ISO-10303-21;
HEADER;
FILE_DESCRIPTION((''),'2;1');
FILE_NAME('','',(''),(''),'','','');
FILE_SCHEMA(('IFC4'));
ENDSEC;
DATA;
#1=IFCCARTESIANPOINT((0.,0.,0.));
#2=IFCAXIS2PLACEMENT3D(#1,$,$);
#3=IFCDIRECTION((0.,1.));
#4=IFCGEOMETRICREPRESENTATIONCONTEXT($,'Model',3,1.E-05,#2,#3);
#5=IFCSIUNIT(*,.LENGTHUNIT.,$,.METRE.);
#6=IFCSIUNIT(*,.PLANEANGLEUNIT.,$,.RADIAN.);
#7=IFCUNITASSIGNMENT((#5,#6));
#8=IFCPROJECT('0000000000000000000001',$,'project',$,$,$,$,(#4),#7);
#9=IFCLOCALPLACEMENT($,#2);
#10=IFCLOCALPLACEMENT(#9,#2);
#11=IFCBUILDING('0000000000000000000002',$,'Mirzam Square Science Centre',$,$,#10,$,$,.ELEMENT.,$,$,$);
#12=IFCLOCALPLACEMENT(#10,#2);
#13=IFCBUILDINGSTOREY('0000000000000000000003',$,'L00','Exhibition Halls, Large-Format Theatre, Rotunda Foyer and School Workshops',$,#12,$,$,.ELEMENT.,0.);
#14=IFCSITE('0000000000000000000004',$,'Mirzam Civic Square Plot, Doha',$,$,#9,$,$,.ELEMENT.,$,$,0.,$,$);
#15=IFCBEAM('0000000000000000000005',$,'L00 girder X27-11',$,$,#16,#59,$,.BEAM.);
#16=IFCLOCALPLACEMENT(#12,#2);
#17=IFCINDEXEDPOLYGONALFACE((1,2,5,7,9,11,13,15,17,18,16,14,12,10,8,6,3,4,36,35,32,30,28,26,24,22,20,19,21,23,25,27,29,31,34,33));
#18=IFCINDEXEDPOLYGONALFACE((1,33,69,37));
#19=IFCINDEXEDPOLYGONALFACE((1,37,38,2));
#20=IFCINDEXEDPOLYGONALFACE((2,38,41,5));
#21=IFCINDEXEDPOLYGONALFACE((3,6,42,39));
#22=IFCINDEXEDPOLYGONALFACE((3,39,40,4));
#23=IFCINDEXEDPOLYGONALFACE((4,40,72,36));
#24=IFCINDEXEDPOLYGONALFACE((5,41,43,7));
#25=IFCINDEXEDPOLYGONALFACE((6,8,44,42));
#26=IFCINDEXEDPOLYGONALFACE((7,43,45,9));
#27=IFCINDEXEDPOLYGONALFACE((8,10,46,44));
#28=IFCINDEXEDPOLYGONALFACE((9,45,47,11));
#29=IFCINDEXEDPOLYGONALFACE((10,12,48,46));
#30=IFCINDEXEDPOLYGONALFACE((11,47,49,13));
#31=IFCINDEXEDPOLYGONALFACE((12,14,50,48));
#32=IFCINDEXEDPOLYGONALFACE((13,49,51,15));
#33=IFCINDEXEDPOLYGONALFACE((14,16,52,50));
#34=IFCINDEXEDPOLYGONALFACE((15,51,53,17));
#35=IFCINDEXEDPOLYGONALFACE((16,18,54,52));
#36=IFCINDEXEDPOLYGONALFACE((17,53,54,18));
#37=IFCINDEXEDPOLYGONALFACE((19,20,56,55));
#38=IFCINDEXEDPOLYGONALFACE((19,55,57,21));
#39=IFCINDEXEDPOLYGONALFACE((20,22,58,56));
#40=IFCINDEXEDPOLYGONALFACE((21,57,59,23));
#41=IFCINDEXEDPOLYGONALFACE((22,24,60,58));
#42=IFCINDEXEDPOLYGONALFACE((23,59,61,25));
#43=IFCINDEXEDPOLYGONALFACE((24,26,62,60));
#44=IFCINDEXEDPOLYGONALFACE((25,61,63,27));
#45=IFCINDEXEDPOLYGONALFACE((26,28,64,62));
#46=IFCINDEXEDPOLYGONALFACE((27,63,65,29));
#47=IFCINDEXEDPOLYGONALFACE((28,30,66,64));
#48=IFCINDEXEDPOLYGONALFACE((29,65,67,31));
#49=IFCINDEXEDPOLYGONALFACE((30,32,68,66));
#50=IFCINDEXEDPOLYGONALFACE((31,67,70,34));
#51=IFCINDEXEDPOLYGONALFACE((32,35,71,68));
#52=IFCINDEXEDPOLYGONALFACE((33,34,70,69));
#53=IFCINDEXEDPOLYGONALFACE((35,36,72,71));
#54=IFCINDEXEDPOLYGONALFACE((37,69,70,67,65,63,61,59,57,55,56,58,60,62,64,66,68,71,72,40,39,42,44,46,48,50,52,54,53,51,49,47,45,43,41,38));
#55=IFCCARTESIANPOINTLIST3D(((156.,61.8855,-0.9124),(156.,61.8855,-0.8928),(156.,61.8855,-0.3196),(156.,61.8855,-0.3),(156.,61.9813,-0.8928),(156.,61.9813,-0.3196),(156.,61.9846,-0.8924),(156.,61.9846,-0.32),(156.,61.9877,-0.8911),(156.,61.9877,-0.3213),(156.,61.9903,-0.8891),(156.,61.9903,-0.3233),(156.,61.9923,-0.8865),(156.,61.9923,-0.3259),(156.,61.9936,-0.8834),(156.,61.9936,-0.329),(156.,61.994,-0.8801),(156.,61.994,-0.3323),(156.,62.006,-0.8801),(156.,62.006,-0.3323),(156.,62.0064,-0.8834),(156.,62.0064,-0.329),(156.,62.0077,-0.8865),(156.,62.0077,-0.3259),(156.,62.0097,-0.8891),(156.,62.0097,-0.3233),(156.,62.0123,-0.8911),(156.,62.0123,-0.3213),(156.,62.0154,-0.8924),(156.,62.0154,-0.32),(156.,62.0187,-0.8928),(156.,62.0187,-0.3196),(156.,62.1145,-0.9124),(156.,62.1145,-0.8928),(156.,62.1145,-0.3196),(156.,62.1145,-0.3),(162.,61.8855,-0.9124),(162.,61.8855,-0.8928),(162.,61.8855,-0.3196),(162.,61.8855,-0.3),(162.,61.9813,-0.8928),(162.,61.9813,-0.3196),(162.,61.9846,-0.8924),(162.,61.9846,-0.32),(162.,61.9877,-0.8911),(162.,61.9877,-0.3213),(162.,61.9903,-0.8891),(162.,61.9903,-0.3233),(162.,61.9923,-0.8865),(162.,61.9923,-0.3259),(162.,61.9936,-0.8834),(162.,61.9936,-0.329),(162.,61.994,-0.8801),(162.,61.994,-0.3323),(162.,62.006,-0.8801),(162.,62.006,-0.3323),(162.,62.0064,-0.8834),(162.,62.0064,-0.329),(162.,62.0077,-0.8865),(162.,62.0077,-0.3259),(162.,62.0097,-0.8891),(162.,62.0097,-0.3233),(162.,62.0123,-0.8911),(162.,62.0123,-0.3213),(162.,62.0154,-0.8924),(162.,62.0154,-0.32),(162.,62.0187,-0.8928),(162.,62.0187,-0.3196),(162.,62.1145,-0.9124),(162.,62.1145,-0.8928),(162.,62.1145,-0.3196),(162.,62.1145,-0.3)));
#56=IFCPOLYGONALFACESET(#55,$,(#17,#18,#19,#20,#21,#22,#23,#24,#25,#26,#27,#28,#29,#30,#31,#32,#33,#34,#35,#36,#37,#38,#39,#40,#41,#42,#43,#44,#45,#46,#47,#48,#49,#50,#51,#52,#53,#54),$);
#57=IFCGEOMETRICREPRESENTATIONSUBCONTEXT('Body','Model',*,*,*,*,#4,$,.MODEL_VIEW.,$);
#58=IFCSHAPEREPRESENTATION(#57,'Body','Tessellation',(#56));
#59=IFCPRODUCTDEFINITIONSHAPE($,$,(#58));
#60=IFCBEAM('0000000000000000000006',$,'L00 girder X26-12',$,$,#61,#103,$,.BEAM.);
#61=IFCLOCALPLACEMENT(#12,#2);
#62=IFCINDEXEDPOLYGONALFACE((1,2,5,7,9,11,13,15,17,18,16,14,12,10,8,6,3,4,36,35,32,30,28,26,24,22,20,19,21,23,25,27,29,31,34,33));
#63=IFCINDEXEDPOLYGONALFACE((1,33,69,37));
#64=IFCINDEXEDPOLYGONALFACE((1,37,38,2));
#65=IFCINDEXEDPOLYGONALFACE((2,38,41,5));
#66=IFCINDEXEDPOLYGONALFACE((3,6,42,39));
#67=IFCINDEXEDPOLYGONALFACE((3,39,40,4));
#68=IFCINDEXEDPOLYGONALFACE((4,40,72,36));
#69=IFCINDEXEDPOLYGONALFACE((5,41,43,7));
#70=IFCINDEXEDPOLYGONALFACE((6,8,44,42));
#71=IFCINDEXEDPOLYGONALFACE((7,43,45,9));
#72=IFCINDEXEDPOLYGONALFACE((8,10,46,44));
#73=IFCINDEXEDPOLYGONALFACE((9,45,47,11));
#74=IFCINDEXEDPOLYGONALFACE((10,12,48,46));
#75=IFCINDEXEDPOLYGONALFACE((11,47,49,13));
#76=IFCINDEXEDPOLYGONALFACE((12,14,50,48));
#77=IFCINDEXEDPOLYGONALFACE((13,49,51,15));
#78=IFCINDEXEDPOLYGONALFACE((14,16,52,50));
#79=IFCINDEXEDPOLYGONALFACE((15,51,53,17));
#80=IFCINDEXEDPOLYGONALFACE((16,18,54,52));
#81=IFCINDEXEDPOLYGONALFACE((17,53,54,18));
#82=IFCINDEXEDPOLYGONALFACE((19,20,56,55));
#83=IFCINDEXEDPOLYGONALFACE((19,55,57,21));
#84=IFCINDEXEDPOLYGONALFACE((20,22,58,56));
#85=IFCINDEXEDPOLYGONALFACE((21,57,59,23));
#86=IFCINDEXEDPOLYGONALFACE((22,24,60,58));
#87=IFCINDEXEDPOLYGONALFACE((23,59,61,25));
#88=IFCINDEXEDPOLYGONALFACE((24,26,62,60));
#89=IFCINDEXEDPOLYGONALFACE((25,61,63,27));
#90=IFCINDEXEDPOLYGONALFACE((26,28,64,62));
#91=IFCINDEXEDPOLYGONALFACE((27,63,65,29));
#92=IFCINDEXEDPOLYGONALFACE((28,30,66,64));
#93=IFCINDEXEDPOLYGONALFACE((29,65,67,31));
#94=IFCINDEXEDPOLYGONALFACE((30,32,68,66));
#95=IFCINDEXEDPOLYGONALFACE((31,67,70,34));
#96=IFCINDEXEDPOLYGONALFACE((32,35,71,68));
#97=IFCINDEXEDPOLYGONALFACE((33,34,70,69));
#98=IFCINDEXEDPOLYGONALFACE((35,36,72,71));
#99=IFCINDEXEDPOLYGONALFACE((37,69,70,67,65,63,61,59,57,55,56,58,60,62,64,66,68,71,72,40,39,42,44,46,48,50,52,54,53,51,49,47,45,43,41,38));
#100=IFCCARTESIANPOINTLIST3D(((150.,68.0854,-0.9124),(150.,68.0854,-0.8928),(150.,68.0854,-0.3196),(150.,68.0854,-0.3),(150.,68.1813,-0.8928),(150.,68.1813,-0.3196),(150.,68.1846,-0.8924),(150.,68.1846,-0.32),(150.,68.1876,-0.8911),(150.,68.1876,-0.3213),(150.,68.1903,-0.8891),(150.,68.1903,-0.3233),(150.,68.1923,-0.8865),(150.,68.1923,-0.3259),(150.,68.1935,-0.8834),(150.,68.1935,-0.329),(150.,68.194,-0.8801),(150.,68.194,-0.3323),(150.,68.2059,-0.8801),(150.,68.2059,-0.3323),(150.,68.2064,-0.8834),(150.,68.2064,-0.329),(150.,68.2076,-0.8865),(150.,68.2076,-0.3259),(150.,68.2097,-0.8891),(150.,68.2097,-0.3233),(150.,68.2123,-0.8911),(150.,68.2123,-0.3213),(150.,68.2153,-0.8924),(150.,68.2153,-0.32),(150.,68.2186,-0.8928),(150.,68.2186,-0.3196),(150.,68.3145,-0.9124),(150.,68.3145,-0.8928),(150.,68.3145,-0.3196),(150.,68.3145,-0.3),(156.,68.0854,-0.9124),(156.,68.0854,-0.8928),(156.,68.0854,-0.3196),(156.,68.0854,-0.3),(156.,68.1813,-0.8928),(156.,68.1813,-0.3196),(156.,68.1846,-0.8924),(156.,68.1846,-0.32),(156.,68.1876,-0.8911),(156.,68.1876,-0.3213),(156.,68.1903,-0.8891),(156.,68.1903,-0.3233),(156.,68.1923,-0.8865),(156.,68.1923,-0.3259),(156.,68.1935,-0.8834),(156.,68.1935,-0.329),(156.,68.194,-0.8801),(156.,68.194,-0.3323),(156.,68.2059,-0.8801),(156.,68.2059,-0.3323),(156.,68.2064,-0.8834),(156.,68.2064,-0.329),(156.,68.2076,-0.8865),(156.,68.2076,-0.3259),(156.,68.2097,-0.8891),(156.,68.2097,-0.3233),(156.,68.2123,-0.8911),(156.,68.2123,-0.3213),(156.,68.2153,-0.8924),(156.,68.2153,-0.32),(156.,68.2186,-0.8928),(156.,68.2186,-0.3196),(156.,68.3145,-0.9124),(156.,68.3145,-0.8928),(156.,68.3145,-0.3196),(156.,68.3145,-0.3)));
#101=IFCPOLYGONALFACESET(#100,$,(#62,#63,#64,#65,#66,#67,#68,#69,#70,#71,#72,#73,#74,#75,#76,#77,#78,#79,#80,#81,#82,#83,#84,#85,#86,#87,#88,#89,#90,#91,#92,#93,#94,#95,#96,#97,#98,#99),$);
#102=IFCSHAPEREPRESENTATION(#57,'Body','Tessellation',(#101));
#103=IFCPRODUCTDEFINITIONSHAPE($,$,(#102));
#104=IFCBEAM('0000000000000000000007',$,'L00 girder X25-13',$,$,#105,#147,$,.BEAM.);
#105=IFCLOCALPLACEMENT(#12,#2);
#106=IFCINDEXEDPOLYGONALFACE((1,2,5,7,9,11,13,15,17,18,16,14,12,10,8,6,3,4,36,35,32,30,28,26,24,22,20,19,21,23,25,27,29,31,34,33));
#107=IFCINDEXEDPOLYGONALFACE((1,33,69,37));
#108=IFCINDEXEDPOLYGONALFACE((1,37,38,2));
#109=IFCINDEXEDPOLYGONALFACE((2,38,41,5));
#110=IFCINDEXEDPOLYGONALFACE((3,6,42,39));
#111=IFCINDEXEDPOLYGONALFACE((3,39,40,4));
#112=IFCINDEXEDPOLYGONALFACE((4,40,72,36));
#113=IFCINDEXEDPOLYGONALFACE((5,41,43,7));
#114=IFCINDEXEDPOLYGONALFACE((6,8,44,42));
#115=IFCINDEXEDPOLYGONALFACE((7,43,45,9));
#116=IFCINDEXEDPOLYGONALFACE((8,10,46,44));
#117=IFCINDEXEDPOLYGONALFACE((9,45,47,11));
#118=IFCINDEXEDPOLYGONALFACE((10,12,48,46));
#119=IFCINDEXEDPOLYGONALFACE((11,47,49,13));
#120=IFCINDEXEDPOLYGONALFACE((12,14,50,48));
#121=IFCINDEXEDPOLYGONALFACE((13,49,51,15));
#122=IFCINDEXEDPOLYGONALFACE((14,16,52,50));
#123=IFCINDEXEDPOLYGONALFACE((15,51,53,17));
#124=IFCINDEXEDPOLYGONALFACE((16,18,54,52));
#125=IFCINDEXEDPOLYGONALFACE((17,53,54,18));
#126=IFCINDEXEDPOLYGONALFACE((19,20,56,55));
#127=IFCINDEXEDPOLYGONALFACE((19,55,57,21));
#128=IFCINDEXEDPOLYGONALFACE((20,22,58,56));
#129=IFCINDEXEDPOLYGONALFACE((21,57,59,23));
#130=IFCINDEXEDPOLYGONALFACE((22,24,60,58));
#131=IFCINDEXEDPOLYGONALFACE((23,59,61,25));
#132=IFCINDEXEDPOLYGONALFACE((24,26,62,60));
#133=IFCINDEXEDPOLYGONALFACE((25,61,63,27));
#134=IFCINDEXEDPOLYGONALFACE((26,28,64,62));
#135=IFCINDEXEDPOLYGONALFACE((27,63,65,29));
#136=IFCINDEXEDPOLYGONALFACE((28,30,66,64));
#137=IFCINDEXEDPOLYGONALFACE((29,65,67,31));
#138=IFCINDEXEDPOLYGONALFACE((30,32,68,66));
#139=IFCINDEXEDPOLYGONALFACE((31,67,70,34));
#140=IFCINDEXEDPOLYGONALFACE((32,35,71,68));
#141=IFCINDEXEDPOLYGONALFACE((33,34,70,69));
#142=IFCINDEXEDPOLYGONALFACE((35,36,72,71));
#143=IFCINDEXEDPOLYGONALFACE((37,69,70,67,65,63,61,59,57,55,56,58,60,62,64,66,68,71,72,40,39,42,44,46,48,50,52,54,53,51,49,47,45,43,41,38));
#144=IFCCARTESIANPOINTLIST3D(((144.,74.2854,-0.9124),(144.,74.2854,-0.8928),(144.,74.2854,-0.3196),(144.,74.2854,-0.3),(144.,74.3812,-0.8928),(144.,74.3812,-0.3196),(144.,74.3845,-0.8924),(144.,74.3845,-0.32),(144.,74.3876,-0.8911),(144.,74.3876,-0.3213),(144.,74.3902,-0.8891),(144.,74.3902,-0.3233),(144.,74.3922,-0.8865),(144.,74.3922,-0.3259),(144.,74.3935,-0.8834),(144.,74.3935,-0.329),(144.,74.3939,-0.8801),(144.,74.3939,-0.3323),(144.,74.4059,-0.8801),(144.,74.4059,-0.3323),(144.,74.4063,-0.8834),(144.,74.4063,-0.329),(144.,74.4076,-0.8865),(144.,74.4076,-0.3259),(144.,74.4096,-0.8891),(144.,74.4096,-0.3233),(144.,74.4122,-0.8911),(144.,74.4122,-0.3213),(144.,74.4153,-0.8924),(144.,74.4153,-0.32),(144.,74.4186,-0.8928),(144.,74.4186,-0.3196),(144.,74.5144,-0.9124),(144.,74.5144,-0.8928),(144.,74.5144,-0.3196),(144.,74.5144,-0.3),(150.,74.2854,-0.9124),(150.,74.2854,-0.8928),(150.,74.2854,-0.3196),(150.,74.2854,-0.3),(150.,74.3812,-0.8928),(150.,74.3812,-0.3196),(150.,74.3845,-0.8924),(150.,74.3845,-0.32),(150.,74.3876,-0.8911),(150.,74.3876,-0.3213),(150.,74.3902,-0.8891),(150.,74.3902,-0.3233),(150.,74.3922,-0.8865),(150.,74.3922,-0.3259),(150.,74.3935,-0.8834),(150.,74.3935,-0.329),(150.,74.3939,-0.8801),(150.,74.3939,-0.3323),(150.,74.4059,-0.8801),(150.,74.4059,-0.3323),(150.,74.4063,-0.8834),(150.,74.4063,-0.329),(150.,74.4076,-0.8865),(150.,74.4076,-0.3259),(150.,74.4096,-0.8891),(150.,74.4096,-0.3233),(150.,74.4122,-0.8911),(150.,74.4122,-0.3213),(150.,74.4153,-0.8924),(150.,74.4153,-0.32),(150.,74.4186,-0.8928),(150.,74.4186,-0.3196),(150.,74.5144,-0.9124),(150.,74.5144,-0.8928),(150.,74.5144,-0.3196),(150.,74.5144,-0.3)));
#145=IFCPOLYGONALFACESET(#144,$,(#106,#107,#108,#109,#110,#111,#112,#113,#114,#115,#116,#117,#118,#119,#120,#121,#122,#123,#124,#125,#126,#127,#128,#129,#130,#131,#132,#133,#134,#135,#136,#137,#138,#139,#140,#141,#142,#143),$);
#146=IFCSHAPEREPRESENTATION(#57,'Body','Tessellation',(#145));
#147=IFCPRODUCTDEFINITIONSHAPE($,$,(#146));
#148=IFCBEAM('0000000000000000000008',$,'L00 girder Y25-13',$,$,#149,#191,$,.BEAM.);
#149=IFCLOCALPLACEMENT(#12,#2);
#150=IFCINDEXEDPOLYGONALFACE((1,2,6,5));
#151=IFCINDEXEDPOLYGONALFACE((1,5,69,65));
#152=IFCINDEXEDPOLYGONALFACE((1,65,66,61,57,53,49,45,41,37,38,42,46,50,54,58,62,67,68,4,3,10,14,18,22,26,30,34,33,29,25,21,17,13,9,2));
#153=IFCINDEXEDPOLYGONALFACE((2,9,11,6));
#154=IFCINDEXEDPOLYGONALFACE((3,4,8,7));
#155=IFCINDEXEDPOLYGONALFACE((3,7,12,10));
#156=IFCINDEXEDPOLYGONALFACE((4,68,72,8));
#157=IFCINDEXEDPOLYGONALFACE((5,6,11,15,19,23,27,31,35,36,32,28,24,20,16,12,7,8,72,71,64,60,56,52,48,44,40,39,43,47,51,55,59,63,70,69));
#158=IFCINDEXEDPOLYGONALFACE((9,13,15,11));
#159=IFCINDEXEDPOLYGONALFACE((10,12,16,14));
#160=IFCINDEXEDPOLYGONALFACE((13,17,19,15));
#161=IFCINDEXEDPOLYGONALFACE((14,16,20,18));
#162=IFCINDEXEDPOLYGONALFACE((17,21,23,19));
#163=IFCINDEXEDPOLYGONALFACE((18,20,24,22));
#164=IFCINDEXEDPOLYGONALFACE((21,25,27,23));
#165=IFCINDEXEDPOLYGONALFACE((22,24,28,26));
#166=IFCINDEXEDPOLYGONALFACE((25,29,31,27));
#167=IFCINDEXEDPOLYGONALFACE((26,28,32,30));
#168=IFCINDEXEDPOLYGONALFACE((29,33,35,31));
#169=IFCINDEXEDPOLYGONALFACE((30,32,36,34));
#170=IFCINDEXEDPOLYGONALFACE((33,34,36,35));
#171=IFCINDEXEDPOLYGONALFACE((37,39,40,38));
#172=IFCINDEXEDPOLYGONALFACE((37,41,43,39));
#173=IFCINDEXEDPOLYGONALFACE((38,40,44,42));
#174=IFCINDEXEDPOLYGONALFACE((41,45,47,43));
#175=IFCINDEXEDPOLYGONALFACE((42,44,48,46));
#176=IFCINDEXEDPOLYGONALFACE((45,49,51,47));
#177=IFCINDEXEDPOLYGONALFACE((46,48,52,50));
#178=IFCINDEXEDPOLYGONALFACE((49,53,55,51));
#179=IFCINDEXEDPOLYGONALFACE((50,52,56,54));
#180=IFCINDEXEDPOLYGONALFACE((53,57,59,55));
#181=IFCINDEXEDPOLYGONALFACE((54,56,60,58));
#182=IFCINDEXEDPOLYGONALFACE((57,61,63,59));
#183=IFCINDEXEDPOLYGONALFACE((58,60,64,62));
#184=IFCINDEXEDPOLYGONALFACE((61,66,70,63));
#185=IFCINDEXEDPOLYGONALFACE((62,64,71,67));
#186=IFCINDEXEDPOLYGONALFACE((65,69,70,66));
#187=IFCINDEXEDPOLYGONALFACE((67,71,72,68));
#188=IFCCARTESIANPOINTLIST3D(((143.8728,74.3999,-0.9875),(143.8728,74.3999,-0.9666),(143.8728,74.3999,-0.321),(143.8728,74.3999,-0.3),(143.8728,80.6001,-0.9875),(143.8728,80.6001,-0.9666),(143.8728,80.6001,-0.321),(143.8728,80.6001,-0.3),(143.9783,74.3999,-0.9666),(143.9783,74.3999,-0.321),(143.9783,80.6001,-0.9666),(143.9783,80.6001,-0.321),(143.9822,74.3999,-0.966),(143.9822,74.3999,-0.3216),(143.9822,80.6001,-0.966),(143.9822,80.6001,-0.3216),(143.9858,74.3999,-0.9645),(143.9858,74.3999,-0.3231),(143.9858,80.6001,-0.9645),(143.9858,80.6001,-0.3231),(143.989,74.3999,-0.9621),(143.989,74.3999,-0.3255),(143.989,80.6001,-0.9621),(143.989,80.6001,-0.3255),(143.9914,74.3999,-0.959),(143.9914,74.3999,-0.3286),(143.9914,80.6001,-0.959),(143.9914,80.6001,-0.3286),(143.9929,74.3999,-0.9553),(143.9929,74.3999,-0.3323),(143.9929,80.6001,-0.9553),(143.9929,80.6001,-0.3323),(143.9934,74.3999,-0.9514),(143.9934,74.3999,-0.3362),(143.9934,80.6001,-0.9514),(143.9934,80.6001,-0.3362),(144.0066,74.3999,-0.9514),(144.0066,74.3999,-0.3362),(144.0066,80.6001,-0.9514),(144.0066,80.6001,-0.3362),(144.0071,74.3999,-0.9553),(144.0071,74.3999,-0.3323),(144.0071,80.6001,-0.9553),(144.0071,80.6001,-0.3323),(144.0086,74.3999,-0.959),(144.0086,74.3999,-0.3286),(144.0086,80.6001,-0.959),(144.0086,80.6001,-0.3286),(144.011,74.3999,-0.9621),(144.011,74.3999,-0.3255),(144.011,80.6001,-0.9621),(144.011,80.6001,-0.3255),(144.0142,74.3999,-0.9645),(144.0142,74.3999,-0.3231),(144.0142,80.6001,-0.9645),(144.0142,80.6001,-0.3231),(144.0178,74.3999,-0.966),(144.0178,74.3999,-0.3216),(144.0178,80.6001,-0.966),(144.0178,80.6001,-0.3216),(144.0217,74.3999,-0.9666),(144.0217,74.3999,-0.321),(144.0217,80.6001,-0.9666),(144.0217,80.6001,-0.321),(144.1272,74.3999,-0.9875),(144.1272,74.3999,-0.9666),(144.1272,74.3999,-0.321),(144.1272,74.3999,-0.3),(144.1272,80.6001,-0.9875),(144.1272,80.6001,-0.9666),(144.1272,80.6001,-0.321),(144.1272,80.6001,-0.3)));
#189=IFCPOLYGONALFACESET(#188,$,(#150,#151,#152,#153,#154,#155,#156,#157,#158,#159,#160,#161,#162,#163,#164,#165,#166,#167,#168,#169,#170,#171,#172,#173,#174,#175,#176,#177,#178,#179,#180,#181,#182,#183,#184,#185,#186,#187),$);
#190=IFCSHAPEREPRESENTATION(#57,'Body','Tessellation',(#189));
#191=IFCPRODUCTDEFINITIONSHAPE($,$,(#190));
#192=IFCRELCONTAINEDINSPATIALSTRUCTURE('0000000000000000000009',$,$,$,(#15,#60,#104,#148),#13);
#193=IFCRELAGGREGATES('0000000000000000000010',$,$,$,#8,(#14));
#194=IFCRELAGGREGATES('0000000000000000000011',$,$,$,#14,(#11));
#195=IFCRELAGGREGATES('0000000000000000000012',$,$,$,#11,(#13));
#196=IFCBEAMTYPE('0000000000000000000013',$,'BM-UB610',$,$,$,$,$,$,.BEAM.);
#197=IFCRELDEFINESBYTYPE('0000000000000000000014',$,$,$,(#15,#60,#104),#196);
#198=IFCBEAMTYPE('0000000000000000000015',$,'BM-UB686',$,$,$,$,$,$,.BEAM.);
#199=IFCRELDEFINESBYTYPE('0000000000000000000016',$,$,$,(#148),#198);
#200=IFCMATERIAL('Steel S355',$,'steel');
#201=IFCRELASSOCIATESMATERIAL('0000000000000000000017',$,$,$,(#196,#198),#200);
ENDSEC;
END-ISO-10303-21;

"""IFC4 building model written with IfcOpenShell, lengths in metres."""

from ifc_helpers import new_model, si_unit, direction, frame, origin, origin_2d, place, context, subcontext, project, spatial, i_section, extrude, material, material_profile, profile_set, type_object, element, save


model = new_model("IFC4")

# Units and contexts
model_context = context("Model", 3, precision=1e-05, world=origin(), true_north=direction((0.0, 1.0)))
body_context = subcontext(model_context, "Body", "Model", "MODEL_VIEW")
ifc_project = project(units=[si_unit("LENGTHUNIT", "METRE"), si_unit("PLANEANGLEUNIT", "RADIAN")], contexts=[model_context])

# Site, building, storey
site_placement = place(None, origin())
site = spatial("IfcSite", under=ifc_project, at=site_placement, Name="Mirzam Civic Square Plot, Doha", CompositionType="ELEMENT", RefElevation=0.0)
building_placement = place(site_placement, origin())
building = spatial("IfcBuilding", under=site, at=building_placement, Name="Mirzam Square Science Centre", CompositionType="ELEMENT")
storey_placement = place(building_placement, origin())
storey = spatial("IfcBuildingStorey", under=building, at=storey_placement, Name="L00", Description="Exhibition Halls, Large-Format Theatre, Rotunda Foyer and School Workshops", CompositionType="ELEMENT", Elevation=0.0)

# Shared definitions
ifc_material = material(Name="Steel S355", Category="steel")

# Beams
ifc_material_profile_1 = material_profile(ifc_material, i_section(OverallWidth=0.229, OverallDepth=0.6123, WebThickness=0.012, FlangeThickness=0.0195, FilletRadius=0.0127, at=origin_2d()), Name="610x229x125UB")
ifc_profile_set_1 = profile_set([ifc_material_profile_1], Name="Steel S355")
beam_type_1 = type_object("IfcBeamType", Name="BM-UB610", PredefinedType="BEAM", material=ifc_profile_set_1)
for number, where, z_axis, x_axis, name in (
    (1, (156.0, 62.0, -0.6062), (1.0, 0.0, 0.0), (0.0, 1.0, 0.0), "L00 girder X27-11"),
    (2, (150.0, 68.2, -0.6062), (1.0, 0.0, 0.0), (0.0, 1.0, 0.0), "L00 girder X26-12"),
    (3, (144.0, 74.3999, -0.6062), (1.0, 0.0, 0.0), (0.0, 1.0, 0.0), "L00 girder X25-13"),
):
    element("IfcBeam", number, at=place(storey_placement, frame(where, z_axis=z_axis, x_axis=x_axis)), inside=storey, type_object=beam_type_1, Name=name, PredefinedType="BEAM", context=body_context, shape_type="SweptSolid", body=[
        extrude(i_section(OverallWidth=0.229, OverallDepth=0.6123, WebThickness=0.012, FlangeThickness=0.0195, FilletRadius=0.0127, at=origin_2d()), origin(), (0.0, 0.0, 1.0), 6.0),
    ])
ifc_material_profile_2 = material_profile(ifc_material, i_section(OverallWidth=0.2544, OverallDepth=0.6875, WebThickness=0.0132, FlangeThickness=0.021, FilletRadius=0.0151, at=origin_2d()), Name="686x254x152UB")
ifc_profile_set_2 = profile_set([ifc_material_profile_2], Name="Steel S355")
beam_type_2 = type_object("IfcBeamType", Name="BM-UB686", PredefinedType="BEAM", material=ifc_profile_set_2)
beam_1_placement = place(storey_placement, frame((144.0, 74.3999, -0.6438), z_axis=(0.0, 1.0, 0.0), x_axis=(-1.0, 0.0, 0.0)))
element("IfcBeam", 4, at=beam_1_placement, inside=storey, type_object=beam_type_2, Name="L00 girder Y25-13", PredefinedType="BEAM", context=body_context, shape_type="SweptSolid", body=[
    extrude(i_section(OverallWidth=0.2544, OverallDepth=0.6875, WebThickness=0.0132, FlangeThickness=0.021, FilletRadius=0.0151, at=origin_2d()), origin(), (0.0, 0.0, 1.0), 6.2002),
])

save(model, "model.ifc")
